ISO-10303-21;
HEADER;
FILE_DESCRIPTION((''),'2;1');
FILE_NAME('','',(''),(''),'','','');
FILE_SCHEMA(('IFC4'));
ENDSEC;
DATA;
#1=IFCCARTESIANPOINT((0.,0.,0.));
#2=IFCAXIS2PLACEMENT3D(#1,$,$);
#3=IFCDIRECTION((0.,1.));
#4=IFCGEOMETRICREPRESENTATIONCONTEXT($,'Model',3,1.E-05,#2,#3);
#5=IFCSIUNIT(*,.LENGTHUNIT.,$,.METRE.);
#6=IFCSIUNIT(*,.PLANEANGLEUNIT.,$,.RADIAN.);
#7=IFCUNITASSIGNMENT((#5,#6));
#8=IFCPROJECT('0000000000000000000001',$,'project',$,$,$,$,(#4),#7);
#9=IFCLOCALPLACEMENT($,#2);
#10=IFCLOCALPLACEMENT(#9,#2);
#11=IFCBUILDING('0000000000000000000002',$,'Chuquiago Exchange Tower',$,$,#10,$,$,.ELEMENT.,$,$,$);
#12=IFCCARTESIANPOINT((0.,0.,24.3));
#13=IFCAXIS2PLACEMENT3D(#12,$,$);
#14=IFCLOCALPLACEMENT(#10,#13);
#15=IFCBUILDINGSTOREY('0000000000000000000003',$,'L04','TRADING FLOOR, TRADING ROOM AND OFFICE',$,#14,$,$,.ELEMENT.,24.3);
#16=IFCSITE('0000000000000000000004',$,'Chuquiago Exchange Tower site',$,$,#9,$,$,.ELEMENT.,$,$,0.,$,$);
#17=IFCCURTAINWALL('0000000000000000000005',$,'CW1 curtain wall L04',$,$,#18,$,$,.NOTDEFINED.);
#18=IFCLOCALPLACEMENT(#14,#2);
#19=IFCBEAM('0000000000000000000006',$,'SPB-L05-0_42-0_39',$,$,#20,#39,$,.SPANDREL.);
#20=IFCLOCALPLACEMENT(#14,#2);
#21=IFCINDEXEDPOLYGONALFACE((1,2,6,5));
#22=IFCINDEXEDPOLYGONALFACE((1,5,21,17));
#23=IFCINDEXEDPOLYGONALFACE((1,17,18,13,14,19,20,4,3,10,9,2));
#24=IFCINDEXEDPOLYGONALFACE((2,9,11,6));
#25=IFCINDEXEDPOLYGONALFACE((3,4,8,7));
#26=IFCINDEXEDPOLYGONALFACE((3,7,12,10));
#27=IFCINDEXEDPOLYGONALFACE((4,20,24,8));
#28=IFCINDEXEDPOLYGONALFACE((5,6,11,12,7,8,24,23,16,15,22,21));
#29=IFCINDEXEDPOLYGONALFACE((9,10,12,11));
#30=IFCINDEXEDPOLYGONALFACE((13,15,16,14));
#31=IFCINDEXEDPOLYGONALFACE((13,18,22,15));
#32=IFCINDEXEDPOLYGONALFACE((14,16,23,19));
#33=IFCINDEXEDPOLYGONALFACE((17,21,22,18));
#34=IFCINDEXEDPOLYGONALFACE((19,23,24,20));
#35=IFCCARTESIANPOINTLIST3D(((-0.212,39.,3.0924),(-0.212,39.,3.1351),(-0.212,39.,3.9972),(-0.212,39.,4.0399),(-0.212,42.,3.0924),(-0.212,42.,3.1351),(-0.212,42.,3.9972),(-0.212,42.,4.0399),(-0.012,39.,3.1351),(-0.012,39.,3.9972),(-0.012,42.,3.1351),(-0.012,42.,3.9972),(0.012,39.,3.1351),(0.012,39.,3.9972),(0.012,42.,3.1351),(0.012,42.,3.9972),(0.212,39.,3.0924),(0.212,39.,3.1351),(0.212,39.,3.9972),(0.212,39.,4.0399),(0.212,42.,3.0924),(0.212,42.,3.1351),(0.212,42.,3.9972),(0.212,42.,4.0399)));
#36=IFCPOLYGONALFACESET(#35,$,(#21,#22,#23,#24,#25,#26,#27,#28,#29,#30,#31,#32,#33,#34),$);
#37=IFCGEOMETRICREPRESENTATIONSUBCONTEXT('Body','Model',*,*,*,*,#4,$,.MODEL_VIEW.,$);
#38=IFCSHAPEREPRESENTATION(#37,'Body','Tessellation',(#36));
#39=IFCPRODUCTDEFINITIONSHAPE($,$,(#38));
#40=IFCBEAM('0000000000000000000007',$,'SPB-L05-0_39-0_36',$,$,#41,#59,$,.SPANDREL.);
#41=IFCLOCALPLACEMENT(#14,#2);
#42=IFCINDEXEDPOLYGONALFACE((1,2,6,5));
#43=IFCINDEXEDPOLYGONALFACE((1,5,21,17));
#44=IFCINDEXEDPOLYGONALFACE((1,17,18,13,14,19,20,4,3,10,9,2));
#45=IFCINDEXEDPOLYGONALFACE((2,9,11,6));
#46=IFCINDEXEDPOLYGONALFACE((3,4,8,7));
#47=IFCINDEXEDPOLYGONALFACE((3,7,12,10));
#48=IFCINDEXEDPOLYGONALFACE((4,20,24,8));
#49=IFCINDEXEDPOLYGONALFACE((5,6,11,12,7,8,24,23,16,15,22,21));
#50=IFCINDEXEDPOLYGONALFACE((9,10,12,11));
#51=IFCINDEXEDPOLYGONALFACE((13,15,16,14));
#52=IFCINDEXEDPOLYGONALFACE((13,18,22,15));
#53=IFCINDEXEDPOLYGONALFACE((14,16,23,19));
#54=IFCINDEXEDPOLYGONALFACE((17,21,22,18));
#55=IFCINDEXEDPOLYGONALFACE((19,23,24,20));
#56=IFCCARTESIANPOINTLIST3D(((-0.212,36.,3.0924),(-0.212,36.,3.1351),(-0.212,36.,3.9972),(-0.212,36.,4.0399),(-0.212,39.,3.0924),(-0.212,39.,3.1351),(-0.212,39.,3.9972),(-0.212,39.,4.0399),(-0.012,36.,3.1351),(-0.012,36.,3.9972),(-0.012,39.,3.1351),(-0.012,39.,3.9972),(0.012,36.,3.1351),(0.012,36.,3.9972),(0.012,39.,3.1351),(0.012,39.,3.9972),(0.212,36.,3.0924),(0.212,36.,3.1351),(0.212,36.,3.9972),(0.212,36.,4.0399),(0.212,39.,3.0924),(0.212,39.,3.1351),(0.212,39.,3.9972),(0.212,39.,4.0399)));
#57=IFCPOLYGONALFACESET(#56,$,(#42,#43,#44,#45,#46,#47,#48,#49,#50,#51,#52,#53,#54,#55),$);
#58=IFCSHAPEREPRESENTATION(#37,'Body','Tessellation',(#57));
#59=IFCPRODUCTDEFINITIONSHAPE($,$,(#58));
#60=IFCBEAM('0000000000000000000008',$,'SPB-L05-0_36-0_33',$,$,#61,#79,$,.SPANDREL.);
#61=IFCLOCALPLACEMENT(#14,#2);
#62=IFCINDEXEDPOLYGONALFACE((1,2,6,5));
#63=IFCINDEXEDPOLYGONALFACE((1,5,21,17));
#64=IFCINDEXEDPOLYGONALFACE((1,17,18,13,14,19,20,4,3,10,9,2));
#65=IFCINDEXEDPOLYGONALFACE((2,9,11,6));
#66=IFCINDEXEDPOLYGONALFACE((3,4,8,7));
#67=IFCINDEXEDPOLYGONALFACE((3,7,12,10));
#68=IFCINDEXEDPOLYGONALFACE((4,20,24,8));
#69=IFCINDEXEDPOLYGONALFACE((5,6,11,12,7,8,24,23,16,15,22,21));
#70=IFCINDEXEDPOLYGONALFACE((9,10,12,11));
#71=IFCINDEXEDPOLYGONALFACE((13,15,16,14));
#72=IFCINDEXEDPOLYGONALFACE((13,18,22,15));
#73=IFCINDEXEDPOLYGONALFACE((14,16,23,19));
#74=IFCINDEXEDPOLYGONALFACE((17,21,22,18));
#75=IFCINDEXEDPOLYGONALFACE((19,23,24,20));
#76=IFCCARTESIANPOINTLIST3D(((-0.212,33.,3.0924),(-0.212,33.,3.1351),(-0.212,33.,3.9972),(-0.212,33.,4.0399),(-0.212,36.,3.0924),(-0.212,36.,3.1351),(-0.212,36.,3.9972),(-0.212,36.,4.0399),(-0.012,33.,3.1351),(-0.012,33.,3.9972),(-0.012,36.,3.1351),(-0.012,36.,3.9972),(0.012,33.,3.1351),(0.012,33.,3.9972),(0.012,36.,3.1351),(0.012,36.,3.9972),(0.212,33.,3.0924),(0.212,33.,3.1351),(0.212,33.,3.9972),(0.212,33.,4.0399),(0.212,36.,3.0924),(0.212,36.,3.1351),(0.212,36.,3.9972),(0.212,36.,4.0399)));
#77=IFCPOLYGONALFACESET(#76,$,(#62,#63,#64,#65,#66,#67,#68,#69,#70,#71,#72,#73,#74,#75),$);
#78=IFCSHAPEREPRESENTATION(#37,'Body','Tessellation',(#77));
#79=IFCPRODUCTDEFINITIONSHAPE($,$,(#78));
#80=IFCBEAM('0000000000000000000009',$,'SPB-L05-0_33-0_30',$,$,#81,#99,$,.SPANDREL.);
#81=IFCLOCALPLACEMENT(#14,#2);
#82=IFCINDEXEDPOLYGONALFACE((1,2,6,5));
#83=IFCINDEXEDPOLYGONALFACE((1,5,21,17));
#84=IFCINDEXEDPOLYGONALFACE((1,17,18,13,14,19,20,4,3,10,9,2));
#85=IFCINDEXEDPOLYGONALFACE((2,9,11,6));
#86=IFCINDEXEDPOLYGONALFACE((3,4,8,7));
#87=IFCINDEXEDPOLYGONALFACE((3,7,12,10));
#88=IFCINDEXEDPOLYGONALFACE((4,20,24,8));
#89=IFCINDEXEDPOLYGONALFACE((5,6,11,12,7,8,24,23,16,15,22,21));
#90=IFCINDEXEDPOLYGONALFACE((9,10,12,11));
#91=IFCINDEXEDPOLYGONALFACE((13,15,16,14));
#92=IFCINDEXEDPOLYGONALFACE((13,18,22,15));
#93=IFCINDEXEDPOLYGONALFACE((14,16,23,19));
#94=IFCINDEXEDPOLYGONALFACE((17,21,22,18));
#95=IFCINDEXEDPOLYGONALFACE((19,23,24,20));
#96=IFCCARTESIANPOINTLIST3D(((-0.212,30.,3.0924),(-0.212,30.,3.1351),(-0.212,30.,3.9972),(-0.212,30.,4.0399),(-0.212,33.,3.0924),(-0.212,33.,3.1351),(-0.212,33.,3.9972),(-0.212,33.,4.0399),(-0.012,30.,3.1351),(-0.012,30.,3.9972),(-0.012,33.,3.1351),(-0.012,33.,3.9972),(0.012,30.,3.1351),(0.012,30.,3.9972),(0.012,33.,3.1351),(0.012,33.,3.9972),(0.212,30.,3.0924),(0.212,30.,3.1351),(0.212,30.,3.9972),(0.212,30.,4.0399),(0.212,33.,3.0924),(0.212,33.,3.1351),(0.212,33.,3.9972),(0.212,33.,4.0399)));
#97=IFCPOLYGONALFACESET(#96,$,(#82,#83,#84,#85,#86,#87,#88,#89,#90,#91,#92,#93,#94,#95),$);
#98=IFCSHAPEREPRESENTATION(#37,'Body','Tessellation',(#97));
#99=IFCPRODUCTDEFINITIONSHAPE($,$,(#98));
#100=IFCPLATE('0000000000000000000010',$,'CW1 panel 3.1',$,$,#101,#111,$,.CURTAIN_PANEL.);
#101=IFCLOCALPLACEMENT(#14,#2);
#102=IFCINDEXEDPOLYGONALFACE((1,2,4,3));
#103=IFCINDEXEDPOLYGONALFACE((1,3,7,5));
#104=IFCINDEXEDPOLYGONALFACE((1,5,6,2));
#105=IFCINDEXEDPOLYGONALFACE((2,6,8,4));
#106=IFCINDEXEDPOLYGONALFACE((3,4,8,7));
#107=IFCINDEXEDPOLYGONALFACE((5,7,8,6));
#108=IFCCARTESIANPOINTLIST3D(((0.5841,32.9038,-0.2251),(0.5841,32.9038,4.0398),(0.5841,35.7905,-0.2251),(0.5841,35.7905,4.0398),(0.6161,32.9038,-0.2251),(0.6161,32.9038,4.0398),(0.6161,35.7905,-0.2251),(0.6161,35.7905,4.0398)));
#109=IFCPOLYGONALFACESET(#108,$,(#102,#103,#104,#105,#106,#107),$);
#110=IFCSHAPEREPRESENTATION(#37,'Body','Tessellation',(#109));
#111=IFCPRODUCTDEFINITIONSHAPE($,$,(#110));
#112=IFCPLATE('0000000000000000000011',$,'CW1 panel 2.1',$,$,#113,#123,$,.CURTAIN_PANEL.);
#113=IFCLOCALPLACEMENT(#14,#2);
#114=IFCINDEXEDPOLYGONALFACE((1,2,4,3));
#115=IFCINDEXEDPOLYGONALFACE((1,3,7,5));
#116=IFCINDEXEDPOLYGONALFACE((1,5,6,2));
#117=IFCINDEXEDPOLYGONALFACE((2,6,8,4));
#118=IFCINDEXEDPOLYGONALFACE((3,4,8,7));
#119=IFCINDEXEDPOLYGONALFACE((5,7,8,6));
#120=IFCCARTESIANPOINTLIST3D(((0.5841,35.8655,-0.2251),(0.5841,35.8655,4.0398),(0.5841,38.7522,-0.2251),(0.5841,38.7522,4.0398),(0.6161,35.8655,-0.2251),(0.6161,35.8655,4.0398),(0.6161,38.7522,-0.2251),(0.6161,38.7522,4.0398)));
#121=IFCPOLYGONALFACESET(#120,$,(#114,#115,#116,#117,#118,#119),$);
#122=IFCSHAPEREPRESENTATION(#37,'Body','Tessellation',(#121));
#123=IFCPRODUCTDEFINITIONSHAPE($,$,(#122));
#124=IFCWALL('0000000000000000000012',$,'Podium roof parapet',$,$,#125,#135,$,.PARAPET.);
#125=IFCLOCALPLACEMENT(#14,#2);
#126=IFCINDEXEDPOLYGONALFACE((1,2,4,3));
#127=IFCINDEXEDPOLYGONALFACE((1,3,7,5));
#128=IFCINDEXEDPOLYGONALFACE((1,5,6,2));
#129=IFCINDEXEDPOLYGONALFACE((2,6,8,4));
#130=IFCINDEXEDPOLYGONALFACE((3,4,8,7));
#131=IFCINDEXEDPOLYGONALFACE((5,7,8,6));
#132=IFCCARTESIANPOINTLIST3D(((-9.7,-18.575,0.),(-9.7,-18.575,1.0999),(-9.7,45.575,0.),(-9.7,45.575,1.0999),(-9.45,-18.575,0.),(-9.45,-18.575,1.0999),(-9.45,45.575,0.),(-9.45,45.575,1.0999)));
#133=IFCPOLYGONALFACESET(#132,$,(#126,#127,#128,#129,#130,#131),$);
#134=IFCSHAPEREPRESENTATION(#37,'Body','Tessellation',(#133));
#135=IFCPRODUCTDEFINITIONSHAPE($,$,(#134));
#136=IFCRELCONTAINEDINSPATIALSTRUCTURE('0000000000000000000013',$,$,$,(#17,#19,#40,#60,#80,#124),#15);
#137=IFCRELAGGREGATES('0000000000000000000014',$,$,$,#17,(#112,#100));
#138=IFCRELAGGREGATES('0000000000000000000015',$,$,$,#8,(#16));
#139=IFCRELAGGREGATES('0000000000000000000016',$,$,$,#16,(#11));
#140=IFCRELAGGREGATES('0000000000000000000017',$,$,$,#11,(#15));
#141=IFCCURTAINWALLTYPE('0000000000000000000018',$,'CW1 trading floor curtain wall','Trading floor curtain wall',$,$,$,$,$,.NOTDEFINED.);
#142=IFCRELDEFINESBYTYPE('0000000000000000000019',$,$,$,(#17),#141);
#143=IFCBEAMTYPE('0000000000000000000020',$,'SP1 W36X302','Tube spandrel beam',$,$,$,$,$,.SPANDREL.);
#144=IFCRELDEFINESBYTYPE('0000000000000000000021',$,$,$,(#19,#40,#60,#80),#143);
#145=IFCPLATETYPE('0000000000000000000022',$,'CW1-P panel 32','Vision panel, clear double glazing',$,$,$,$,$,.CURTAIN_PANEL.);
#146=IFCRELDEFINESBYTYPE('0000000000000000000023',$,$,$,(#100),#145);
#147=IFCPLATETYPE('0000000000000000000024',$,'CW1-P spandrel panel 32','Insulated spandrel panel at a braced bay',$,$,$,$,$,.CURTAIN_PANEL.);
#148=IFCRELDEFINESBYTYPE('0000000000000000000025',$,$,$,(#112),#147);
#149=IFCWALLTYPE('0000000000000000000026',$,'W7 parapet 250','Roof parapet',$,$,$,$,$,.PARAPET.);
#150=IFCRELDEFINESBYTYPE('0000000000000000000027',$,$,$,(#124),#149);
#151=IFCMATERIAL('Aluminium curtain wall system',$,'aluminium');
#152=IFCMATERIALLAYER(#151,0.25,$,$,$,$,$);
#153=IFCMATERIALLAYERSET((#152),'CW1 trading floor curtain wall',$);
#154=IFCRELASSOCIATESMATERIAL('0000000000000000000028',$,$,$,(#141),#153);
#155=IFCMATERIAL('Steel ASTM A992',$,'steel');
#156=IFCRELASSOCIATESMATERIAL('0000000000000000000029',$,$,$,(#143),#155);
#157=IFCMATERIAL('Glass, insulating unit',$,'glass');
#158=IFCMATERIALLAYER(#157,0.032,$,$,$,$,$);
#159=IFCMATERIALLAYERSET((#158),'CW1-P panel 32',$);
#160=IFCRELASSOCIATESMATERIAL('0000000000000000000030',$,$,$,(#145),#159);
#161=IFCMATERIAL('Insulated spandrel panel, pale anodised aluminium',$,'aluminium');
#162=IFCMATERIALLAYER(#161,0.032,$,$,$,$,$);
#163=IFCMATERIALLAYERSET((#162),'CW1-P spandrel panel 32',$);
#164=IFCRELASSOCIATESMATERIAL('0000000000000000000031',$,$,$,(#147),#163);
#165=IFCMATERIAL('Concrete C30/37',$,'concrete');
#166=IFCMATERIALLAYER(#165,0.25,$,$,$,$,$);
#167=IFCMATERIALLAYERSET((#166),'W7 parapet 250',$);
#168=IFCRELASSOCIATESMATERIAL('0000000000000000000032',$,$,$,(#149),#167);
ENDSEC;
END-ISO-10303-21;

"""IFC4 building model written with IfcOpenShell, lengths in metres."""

from ifc_helpers import new_model, si_unit, direction, frame, frame_2d, origin, origin_2d, place, context, subcontext, project, spatial, rectangle, i_section, extrude, material, layer, layer_set, material_profile, profile_set, type_object, element, aggregate, save


model = new_model("IFC4")

# Units and contexts
model_context = context("Model", 3, precision=1e-05, world=origin(), true_north=direction((0.0, 1.0)))
body_context = subcontext(model_context, "Body", "Model", "MODEL_VIEW")
ifc_project = project(units=[si_unit("LENGTHUNIT", "METRE"), si_unit("PLANEANGLEUNIT", "RADIAN")], contexts=[model_context])

# Site, building, storey
site_placement = place(None, origin())
site = spatial("IfcSite", under=ifc_project, at=site_placement, Name="Chuquiago Exchange Tower site", CompositionType="ELEMENT", RefElevation=0.0)
building_placement = place(site_placement, origin())
building = spatial("IfcBuilding", under=site, at=building_placement, Name="Chuquiago Exchange Tower", CompositionType="ELEMENT")
storey_placement = place(building_placement, frame((0.0, 0.0, 24.3)))
storey = spatial("IfcBuildingStorey", under=building, at=storey_placement, Name="L04", Description="TRADING FLOOR, TRADING ROOM AND OFFICE", CompositionType="ELEMENT", Elevation=24.3)

# Curtain wall
ifc_material_1 = material(Name="Aluminium curtain wall system", Category="aluminium")
ifc_layer_1 = layer(ifc_material_1, 0.25)
ifc_layer_set_1 = layer_set([ifc_layer_1], Name="CW1 trading floor curtain wall")
curtain_wall_type = type_object("IfcCurtainWallType", Name="CW1 trading floor curtain wall", Description="Trading floor curtain wall", PredefinedType="NOTDEFINED", material=ifc_layer_set_1)
curtain_wall_placement = place(storey_placement, origin())
curtain_wall = element("IfcCurtainWall", 1, at=curtain_wall_placement, inside=storey, type_object=curtain_wall_type, Name="CW1 curtain wall L04", PredefinedType="NOTDEFINED")

# Beams
ifc_material_2 = material(Name="Steel ASTM A992", Category="steel")
ifc_material_profile_1 = material_profile(ifc_material_2, i_section(OverallWidth=0.4241, OverallDepth=0.9475, WebThickness=0.0239, FlangeThickness=0.0427, at=origin_2d()), Name="W36X302")
ifc_profile_set_1 = profile_set([ifc_material_profile_1], Name="Steel ASTM A992")
beam_type = type_object("IfcBeamType", Name="SP1 W36X302", Description="Tube spandrel beam", PredefinedType="SPANDREL", material=ifc_profile_set_1)
for number, where, z_axis, x_axis, name in (
    (2, (0.0, 42.0, 3.5662), (0.0, -1.0, 0.0), (1.0, 0.0, 0.0), "SPB-L05-0_42-0_39"),
    (3, (0.0, 39.0, 3.5662), (0.0, -1.0, 0.0), (1.0, 0.0, 0.0), "SPB-L05-0_39-0_36"),
    (4, (0.0, 36.0, 3.5662), (0.0, -1.0, 0.0), (1.0, 0.0, 0.0), "SPB-L05-0_36-0_33"),
    (5, (0.0, 33.0, 3.5662), (0.0, -1.0, 0.0), (1.0, 0.0, 0.0), "SPB-L05-0_33-0_30"),
):
    element("IfcBeam", number, at=place(storey_placement, frame(where, z_axis=z_axis, x_axis=x_axis)), inside=storey, type_object=beam_type, Name=name, PredefinedType="SPANDREL", context=body_context, shape_type="SweptSolid", body=[
        extrude(i_section(OverallWidth=0.4241, OverallDepth=0.9475, WebThickness=0.0239, FlangeThickness=0.0427, at=origin_2d()), origin(), (0.0, 0.0, 1.0), 3.0),
    ])

# Plates
ifc_material_3 = material(Name="Glass, insulating unit", Category="glass")
ifc_layer_2 = layer(ifc_material_3, 0.032)
ifc_layer_set_2 = layer_set([ifc_layer_2], Name="CW1-P panel 32")
plate_type_1 = type_object("IfcPlateType", Name="CW1-P panel 32", Description="Vision panel, clear double glazing", PredefinedType="CURTAIN_PANEL", material=ifc_layer_set_2)
plate_1_placement = place(storey_placement, frame((0.6001, 34.3472, -0.2251), z_axis=(0.0, 0.0, 1.0), x_axis=(0.0, -1.0, 0.0)))
plate_1 = element("IfcPlate", 6, at=plate_1_placement, type_object=plate_type_1, Name="CW1 panel 3.1", PredefinedType="CURTAIN_PANEL", context=body_context, shape_type="SweptSolid", body=[
    extrude(rectangle(XDim=2.8867, YDim=0.032, at=origin_2d()), origin(), (0.0, 0.0, 1.0), 4.2649),
])
ifc_material_4 = material(Name="Insulated spandrel panel, pale anodised aluminium", Category="aluminium")
ifc_layer_3 = layer(ifc_material_4, 0.032)
ifc_layer_set_3 = layer_set([ifc_layer_3], Name="CW1-P spandrel panel 32")
plate_type_2 = type_object("IfcPlateType", Name="CW1-P spandrel panel 32", Description="Insulated spandrel panel at a braced bay", PredefinedType="CURTAIN_PANEL", material=ifc_layer_set_3)
plate_2_placement = place(storey_placement, frame((0.6001, 37.3088, -0.2251), z_axis=(0.0, 0.0, 1.0), x_axis=(0.0, -1.0, 0.0)))
plate_2 = element("IfcPlate", 7, at=plate_2_placement, type_object=plate_type_2, Name="CW1 panel 2.1", PredefinedType="CURTAIN_PANEL", context=body_context, shape_type="SweptSolid", body=[
    extrude(rectangle(XDim=2.8867, YDim=0.032, at=origin_2d()), origin(), (0.0, 0.0, 1.0), 4.2649),
])
aggregate(curtain_wall, [plate_2, plate_1])

# Wall
ifc_material_5 = material(Name="Concrete C30/37", Category="concrete")
ifc_layer_4 = layer(ifc_material_5, 0.25)
ifc_layer_set_4 = layer_set([ifc_layer_4], Name="W7 parapet 250")
wall_type = type_object("IfcWallType", Name="W7 parapet 250", Description="Roof parapet", PredefinedType="PARAPET", material=ifc_layer_set_4)
wall_placement = place(storey_placement, frame((-9.575, 45.575, 0.0), z_axis=(0.0, 0.0, 1.0), x_axis=(0.0, -1.0, 0.0)))
element("IfcWall", 8, at=wall_placement, inside=storey, type_object=wall_type, Name="Podium roof parapet", PredefinedType="PARAPET", context=body_context, shape_type="SweptSolid", body=[
    extrude(rectangle(XDim=64.1499, YDim=0.25, at=frame_2d((32.075, 0.0))), origin(), (0.0, 0.0, 1.0), 1.0999),
])

save(model, "model.ifc")
